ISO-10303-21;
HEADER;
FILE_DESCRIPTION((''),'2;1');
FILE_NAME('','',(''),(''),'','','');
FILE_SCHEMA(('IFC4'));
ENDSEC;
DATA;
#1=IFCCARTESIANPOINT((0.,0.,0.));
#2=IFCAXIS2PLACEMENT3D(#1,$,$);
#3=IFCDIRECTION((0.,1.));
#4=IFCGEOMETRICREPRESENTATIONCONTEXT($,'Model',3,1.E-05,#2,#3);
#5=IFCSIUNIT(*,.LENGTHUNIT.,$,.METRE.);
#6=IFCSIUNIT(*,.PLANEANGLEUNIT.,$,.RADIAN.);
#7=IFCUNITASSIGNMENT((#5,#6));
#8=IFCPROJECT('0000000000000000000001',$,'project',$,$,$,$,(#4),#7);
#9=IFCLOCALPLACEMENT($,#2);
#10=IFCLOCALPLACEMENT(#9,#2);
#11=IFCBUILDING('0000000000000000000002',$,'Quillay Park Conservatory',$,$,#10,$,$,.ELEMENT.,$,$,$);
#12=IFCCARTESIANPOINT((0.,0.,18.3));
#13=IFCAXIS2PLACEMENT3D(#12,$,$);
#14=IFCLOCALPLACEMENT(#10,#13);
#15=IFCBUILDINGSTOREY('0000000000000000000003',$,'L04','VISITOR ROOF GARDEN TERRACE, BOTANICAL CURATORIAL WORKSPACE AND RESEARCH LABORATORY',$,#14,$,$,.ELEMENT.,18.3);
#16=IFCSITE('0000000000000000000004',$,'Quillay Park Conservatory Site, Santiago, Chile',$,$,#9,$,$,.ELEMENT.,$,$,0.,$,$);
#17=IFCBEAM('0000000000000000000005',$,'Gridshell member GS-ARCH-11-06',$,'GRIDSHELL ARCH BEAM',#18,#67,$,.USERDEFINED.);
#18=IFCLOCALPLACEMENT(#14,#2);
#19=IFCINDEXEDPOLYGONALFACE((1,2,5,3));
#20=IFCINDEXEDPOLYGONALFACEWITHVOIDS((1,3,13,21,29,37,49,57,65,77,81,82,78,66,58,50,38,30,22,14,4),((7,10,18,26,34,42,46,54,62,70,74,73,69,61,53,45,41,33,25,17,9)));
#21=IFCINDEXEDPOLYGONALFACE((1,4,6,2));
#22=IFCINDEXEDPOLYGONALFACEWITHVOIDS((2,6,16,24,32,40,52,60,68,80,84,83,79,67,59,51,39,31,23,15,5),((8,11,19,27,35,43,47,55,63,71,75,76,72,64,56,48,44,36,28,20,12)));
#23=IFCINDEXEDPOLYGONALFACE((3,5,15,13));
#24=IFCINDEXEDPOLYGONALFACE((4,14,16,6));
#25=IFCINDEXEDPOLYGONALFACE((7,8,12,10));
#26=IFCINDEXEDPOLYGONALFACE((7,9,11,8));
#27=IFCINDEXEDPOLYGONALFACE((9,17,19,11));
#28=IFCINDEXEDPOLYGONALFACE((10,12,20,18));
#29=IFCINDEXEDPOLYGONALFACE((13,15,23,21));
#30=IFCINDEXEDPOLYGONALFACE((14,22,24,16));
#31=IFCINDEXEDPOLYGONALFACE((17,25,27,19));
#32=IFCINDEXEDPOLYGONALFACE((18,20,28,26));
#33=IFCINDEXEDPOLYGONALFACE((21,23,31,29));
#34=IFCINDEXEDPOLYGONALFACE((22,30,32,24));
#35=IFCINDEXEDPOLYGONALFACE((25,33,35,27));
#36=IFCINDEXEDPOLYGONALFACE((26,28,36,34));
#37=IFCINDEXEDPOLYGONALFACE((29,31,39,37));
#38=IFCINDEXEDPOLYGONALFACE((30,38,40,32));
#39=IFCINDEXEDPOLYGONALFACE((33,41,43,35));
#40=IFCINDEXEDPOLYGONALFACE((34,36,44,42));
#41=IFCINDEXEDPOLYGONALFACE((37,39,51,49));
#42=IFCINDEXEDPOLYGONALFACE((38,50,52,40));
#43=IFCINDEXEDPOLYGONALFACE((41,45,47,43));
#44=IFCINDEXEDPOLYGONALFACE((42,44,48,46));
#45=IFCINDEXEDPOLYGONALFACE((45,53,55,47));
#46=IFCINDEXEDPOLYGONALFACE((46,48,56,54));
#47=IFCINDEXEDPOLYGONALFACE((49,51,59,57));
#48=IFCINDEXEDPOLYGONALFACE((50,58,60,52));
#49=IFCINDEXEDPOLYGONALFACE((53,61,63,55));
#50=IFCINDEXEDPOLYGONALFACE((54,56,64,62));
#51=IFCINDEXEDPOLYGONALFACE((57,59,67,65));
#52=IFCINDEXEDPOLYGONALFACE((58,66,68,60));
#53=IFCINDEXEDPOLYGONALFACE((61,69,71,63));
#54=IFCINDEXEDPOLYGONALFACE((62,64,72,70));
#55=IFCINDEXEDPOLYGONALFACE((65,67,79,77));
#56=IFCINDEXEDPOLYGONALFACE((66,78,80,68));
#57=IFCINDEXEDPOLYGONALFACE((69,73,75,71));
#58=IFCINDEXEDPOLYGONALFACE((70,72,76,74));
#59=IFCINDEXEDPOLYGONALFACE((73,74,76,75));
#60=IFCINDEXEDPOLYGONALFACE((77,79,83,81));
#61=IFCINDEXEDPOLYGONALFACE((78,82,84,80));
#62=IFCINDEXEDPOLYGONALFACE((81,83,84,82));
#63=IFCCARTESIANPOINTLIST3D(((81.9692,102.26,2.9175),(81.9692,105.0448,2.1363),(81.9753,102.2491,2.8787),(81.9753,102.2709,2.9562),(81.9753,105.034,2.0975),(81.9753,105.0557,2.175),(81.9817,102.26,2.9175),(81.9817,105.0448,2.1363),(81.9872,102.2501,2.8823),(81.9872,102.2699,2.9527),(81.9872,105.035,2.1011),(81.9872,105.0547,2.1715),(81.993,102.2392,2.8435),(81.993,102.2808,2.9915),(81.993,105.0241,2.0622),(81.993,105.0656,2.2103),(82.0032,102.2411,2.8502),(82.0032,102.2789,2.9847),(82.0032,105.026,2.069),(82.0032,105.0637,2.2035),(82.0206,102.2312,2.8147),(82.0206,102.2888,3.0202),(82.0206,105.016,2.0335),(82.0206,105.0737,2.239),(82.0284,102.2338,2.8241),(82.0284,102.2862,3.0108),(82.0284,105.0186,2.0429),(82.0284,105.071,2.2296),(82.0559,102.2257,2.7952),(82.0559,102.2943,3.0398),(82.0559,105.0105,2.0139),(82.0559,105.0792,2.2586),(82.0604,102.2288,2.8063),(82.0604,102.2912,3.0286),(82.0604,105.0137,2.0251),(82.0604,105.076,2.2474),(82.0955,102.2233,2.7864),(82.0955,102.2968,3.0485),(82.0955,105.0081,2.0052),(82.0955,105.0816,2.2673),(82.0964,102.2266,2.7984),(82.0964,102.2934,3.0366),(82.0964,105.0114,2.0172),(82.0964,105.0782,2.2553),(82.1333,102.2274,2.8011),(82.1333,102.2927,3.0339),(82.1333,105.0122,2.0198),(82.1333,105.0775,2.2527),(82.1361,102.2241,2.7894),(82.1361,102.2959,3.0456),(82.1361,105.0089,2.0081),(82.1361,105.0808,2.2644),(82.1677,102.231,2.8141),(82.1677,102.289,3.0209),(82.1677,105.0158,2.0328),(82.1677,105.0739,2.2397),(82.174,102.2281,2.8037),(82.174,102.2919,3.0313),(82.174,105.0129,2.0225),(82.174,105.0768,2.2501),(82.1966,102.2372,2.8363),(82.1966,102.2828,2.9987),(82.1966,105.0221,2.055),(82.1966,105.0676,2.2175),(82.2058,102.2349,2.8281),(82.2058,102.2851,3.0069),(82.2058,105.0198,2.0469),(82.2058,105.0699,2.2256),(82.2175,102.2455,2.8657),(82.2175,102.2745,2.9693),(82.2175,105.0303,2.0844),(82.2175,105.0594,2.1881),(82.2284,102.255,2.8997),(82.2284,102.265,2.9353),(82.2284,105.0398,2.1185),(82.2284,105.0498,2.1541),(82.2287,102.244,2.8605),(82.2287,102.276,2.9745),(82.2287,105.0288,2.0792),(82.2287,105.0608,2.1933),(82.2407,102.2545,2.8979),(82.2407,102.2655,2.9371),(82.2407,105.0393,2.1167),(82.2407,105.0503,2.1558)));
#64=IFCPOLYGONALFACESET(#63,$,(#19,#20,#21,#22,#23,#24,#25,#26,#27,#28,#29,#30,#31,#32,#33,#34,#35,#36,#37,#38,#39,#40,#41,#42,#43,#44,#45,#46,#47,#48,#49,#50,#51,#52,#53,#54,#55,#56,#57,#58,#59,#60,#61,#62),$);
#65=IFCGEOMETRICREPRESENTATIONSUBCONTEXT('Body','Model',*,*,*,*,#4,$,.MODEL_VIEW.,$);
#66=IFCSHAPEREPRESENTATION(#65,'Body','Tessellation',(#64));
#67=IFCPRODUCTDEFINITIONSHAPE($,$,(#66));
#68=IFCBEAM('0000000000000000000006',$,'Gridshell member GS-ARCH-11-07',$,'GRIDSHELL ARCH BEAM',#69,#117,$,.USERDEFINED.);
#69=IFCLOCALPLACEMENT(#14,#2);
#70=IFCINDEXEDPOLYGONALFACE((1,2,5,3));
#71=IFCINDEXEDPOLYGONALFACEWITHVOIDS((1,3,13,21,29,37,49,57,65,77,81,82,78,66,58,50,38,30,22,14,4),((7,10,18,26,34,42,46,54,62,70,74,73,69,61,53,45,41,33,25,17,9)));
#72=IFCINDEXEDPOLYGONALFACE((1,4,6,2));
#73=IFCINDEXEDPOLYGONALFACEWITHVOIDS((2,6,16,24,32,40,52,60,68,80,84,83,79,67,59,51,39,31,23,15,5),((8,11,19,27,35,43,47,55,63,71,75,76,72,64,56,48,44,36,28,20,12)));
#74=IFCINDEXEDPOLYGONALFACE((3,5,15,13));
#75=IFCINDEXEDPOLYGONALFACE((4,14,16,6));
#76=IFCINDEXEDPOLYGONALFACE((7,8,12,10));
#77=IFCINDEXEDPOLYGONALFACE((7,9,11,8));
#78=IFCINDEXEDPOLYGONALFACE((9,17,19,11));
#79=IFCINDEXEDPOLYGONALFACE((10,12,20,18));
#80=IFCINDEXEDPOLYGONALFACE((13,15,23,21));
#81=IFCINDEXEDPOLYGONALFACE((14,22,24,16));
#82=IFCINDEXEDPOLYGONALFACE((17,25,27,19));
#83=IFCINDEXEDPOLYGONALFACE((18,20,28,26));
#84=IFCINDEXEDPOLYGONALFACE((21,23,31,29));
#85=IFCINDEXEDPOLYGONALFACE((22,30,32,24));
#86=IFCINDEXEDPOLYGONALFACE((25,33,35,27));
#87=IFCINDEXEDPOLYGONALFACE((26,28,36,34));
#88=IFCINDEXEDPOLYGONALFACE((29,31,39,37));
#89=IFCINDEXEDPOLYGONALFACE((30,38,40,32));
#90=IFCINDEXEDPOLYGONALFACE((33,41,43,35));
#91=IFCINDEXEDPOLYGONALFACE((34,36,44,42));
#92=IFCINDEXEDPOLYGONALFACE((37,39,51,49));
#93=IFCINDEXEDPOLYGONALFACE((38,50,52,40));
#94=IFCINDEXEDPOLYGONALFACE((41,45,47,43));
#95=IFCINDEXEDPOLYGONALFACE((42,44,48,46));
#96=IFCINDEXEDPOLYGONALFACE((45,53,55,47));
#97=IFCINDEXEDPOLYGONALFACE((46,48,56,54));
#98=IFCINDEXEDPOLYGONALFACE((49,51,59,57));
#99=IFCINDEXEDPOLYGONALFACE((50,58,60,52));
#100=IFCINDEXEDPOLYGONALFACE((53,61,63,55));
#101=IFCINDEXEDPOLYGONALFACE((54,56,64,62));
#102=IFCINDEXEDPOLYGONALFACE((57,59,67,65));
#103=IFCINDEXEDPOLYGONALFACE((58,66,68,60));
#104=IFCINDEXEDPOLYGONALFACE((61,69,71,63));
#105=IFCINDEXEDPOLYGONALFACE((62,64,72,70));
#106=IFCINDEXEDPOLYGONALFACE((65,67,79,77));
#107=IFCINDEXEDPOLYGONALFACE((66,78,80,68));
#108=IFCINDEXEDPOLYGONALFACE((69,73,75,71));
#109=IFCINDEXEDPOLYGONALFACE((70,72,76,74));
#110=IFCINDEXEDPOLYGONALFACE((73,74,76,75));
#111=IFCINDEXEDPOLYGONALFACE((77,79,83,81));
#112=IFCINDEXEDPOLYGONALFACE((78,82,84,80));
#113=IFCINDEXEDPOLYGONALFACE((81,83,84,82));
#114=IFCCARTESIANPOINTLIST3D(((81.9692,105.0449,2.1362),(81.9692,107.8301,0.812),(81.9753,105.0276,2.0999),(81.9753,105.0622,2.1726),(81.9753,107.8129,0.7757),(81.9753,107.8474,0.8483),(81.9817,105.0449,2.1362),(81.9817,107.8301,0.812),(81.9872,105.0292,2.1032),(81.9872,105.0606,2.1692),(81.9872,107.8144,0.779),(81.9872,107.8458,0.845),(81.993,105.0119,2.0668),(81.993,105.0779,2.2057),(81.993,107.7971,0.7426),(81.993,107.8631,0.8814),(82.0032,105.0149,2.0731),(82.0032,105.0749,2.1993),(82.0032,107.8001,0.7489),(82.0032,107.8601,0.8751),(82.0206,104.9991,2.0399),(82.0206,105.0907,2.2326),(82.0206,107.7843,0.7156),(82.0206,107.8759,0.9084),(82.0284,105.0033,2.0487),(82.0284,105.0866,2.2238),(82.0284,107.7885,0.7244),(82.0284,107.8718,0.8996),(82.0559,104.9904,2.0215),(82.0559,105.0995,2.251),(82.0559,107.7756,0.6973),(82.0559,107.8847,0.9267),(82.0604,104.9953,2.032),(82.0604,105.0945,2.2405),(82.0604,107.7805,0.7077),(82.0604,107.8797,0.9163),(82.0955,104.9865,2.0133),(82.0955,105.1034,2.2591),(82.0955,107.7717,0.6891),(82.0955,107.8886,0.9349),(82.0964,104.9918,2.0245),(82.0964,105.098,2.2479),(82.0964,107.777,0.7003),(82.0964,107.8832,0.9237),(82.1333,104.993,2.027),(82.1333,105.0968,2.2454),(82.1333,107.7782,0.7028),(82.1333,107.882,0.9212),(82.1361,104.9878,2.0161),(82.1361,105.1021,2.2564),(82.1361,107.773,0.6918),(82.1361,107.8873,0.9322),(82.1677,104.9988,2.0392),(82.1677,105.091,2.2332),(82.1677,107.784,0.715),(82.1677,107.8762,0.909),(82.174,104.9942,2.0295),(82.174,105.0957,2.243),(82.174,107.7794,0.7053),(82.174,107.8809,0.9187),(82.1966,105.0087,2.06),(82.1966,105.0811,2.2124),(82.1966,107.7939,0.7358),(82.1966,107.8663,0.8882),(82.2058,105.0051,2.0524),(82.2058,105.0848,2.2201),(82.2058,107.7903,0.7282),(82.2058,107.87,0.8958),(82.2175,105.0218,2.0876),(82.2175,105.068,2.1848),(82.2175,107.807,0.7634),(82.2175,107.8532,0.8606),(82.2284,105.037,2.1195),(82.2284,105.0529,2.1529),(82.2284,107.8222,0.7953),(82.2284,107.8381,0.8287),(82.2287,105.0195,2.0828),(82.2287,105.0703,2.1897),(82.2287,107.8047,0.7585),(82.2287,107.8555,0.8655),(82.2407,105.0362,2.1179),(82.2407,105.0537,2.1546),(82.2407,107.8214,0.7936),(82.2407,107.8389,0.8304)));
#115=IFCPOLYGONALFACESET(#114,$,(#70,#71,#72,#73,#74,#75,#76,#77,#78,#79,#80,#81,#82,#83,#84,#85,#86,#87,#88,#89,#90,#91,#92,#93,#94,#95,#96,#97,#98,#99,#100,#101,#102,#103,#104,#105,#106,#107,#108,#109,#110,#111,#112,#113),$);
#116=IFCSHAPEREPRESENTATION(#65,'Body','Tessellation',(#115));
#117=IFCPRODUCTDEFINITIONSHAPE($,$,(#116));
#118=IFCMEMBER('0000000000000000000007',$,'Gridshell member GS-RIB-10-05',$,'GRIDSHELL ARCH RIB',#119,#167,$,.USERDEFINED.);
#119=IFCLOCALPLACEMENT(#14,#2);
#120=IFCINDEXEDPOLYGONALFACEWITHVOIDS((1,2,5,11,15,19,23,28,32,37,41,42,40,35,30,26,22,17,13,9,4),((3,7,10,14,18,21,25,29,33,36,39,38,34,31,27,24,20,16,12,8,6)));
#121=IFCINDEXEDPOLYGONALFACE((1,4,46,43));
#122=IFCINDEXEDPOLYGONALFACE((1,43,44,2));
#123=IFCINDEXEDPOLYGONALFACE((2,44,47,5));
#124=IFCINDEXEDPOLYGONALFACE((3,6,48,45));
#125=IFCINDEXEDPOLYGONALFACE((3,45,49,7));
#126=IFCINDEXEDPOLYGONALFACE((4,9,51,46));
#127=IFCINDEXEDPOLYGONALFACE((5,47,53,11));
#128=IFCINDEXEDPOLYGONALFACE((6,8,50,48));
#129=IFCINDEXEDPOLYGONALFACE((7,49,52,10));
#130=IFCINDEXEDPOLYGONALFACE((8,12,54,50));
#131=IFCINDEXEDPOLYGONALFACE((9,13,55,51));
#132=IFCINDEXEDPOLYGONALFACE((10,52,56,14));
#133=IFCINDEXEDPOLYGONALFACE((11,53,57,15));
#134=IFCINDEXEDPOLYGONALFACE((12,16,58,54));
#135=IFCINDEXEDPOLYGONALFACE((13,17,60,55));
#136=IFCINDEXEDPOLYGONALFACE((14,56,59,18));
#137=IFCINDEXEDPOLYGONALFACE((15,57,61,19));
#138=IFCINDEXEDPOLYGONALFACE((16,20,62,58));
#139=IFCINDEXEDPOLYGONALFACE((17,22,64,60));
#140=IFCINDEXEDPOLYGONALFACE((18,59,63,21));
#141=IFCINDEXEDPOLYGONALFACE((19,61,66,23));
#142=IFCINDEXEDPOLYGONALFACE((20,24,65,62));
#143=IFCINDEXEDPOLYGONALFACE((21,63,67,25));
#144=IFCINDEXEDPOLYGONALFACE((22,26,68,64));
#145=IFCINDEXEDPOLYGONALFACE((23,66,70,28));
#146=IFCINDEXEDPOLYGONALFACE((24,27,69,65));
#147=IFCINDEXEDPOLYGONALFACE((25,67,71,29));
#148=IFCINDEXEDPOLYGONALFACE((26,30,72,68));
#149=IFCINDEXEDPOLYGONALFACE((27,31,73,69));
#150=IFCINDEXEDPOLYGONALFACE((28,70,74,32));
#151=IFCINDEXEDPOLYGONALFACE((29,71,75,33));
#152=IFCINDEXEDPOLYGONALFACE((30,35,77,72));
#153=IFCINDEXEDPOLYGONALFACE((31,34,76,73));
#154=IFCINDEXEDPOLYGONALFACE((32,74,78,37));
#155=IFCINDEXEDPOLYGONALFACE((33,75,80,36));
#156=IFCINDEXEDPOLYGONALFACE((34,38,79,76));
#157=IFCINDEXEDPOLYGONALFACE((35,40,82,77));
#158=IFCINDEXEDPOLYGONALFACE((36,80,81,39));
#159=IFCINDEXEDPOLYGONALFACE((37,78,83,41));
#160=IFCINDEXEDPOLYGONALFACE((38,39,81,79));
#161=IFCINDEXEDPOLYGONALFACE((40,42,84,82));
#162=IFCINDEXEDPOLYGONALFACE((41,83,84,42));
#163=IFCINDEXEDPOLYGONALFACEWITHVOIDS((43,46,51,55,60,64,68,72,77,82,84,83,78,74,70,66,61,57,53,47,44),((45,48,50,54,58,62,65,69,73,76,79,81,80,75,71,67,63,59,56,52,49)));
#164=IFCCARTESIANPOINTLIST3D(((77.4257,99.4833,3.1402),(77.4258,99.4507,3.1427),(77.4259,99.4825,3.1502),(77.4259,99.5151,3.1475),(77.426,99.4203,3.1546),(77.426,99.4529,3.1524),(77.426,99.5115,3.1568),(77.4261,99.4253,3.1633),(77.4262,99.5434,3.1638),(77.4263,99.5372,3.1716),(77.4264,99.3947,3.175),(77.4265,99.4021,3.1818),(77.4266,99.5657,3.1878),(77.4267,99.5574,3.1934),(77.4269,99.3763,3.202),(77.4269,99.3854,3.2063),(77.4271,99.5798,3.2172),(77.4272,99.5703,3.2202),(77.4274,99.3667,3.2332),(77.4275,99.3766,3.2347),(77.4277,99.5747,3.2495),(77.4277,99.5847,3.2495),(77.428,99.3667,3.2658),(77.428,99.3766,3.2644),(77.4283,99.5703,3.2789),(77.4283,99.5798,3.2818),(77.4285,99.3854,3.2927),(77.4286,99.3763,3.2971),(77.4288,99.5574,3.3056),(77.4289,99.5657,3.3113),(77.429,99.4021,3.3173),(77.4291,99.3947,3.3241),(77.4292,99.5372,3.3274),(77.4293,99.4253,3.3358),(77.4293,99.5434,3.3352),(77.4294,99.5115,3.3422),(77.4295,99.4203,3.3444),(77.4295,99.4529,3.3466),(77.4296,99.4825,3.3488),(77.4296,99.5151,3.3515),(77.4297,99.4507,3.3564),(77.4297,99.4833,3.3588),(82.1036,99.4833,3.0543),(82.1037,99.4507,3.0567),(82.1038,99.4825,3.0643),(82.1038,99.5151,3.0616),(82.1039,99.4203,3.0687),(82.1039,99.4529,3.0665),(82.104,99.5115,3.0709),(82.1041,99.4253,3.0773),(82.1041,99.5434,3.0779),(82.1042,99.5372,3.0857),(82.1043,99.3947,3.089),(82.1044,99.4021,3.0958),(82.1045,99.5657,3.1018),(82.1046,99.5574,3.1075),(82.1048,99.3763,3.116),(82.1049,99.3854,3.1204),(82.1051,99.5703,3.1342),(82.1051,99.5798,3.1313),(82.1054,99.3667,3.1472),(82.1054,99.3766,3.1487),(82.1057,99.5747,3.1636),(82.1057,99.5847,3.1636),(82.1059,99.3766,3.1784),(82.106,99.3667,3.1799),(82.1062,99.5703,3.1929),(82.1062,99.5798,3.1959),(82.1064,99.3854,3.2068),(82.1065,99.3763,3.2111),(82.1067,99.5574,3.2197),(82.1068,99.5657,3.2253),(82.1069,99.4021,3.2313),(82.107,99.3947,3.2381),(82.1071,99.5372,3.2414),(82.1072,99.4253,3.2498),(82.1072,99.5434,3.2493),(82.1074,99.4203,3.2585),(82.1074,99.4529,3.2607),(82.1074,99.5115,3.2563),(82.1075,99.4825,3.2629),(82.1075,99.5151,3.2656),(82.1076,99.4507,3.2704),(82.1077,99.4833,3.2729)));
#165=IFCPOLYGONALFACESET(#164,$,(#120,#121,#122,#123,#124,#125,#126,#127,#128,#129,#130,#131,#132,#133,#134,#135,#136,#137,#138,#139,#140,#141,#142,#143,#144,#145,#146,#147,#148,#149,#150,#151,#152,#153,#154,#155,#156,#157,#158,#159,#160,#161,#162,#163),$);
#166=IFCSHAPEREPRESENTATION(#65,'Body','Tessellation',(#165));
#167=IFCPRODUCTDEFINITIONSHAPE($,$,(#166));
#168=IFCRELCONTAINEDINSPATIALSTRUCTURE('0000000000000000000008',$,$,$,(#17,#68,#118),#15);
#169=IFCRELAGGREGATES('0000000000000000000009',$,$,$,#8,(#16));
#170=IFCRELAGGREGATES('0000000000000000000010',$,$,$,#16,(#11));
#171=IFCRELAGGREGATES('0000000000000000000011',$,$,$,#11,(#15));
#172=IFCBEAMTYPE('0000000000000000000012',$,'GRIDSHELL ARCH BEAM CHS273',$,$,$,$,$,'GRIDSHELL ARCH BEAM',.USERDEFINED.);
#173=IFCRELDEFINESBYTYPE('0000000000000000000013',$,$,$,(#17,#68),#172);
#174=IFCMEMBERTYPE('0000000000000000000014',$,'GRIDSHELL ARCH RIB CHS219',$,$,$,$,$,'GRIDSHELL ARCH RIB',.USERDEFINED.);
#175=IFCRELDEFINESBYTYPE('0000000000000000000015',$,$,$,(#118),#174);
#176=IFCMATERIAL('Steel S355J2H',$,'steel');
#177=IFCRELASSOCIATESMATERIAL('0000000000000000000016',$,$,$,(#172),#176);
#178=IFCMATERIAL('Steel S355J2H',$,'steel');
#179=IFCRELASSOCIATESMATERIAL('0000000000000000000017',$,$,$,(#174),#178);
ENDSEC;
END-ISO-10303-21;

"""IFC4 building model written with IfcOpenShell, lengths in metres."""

from ifc_helpers import new_model, si_unit, direction, frame, origin, origin_2d, place, context, subcontext, project, spatial, hollow_circle, extrude, material, material_profile, profile_set, type_object, element, save


model = new_model("IFC4")

# Units and contexts
model_context = context("Model", 3, precision=1e-05, world=origin(), true_north=direction((0.0, 1.0)))
body_context = subcontext(model_context, "Body", "Model", "MODEL_VIEW")
ifc_project = project(units=[si_unit("LENGTHUNIT", "METRE"), si_unit("PLANEANGLEUNIT", "RADIAN")], contexts=[model_context])

# Site, building, storey
site_placement = place(None, origin())
site = spatial("IfcSite", under=ifc_project, at=site_placement, Name="Quillay Park Conservatory Site, Santiago, Chile", CompositionType="ELEMENT", RefElevation=0.0)
building_placement = place(site_placement, origin())
building = spatial("IfcBuilding", under=site, at=building_placement, Name="Quillay Park Conservatory", CompositionType="ELEMENT")
storey_placement = place(building_placement, frame((0.0, 0.0, 18.3)))
storey = spatial("IfcBuildingStorey", under=building, at=storey_placement, Name="L04", Description="VISITOR ROOF GARDEN TERRACE, BOTANICAL CURATORIAL WORKSPACE AND RESEARCH LABORATORY", CompositionType="ELEMENT", Elevation=18.3)

# Beams
ifc_material_1 = material(Name="Steel S355J2H", Category="steel")
ifc_material_profile_1 = material_profile(ifc_material_1, hollow_circle(Radius=0.1365, WallThickness=0.0125, at=origin_2d()), Name="CHS273x12.5")
ifc_profile_set_1 = profile_set([ifc_material_profile_1], Name="Steel S355J2H")
beam_type = type_object("IfcBeamType", Name="GRIDSHELL ARCH BEAM CHS273", ElementType="GRIDSHELL ARCH BEAM", PredefinedType="USERDEFINED", material=ifc_profile_set_1)
beam_1_placement = place(storey_placement, frame((82.1057, 102.26, 2.9175), z_axis=(0.0, 0.962832, -0.270103), x_axis=(-1.0, 0.0, 0.0)))
element("IfcBeam", 1, at=beam_1_placement, inside=storey, type_object=beam_type, Name="Gridshell member GS-ARCH-11-06", ObjectType="GRIDSHELL ARCH BEAM", PredefinedType="USERDEFINED", context=body_context, shape_type="SweptSolid", body=[
    extrude(hollow_circle(Radius=0.1365, WallThickness=0.0125, at=origin_2d()), origin(), (0.0, 0.0, 1.0), 2.8923),
])
beam_2_placement = place(storey_placement, frame((82.1057, 105.0449, 2.1362), z_axis=(0.0, 0.903118, -0.429393), x_axis=(-1.0, 0.0, 0.0)))
element("IfcBeam", 2, at=beam_2_placement, inside=storey, type_object=beam_type, Name="Gridshell member GS-ARCH-11-07", ObjectType="GRIDSHELL ARCH BEAM", PredefinedType="USERDEFINED", context=body_context, shape_type="SweptSolid", body=[
    extrude(hollow_circle(Radius=0.1365, WallThickness=0.0125, at=origin_2d()), origin(), (0.0, 0.0, 1.0), 3.084),
])

# Member
ifc_material_2 = material(Name="Steel S355J2H", Category="steel")
ifc_material_profile_2 = material_profile(ifc_material_2, hollow_circle(Radius=0.1096, WallThickness=0.01, at=origin_2d()), Name="CHS219.1x10")
ifc_profile_set_2 = profile_set([ifc_material_profile_2], Name="Steel S355J2H")
member_type = type_object("IfcMemberType", Name="GRIDSHELL ARCH RIB CHS219", ElementType="GRIDSHELL ARCH RIB", PredefinedType="USERDEFINED", material=ifc_profile_set_2)
member_1_placement = place(storey_placement, frame((77.4277, 99.4751, 3.2495), z_axis=(0.999831, 0.0, -0.018368), x_axis=(0.0, 1.0, 0.0)))
element("IfcMember", 3, at=member_1_placement, inside=storey, type_object=member_type, Name="Gridshell member GS-RIB-10-05", ObjectType="GRIDSHELL ARCH RIB", PredefinedType="USERDEFINED", context=body_context, shape_type="SweptSolid", body=[
    extrude(hollow_circle(Radius=0.1096, WallThickness=0.01, at=origin_2d()), origin(), (0.0, 0.0, 1.0), 4.6787),
])

save(model, "model.ifc")
